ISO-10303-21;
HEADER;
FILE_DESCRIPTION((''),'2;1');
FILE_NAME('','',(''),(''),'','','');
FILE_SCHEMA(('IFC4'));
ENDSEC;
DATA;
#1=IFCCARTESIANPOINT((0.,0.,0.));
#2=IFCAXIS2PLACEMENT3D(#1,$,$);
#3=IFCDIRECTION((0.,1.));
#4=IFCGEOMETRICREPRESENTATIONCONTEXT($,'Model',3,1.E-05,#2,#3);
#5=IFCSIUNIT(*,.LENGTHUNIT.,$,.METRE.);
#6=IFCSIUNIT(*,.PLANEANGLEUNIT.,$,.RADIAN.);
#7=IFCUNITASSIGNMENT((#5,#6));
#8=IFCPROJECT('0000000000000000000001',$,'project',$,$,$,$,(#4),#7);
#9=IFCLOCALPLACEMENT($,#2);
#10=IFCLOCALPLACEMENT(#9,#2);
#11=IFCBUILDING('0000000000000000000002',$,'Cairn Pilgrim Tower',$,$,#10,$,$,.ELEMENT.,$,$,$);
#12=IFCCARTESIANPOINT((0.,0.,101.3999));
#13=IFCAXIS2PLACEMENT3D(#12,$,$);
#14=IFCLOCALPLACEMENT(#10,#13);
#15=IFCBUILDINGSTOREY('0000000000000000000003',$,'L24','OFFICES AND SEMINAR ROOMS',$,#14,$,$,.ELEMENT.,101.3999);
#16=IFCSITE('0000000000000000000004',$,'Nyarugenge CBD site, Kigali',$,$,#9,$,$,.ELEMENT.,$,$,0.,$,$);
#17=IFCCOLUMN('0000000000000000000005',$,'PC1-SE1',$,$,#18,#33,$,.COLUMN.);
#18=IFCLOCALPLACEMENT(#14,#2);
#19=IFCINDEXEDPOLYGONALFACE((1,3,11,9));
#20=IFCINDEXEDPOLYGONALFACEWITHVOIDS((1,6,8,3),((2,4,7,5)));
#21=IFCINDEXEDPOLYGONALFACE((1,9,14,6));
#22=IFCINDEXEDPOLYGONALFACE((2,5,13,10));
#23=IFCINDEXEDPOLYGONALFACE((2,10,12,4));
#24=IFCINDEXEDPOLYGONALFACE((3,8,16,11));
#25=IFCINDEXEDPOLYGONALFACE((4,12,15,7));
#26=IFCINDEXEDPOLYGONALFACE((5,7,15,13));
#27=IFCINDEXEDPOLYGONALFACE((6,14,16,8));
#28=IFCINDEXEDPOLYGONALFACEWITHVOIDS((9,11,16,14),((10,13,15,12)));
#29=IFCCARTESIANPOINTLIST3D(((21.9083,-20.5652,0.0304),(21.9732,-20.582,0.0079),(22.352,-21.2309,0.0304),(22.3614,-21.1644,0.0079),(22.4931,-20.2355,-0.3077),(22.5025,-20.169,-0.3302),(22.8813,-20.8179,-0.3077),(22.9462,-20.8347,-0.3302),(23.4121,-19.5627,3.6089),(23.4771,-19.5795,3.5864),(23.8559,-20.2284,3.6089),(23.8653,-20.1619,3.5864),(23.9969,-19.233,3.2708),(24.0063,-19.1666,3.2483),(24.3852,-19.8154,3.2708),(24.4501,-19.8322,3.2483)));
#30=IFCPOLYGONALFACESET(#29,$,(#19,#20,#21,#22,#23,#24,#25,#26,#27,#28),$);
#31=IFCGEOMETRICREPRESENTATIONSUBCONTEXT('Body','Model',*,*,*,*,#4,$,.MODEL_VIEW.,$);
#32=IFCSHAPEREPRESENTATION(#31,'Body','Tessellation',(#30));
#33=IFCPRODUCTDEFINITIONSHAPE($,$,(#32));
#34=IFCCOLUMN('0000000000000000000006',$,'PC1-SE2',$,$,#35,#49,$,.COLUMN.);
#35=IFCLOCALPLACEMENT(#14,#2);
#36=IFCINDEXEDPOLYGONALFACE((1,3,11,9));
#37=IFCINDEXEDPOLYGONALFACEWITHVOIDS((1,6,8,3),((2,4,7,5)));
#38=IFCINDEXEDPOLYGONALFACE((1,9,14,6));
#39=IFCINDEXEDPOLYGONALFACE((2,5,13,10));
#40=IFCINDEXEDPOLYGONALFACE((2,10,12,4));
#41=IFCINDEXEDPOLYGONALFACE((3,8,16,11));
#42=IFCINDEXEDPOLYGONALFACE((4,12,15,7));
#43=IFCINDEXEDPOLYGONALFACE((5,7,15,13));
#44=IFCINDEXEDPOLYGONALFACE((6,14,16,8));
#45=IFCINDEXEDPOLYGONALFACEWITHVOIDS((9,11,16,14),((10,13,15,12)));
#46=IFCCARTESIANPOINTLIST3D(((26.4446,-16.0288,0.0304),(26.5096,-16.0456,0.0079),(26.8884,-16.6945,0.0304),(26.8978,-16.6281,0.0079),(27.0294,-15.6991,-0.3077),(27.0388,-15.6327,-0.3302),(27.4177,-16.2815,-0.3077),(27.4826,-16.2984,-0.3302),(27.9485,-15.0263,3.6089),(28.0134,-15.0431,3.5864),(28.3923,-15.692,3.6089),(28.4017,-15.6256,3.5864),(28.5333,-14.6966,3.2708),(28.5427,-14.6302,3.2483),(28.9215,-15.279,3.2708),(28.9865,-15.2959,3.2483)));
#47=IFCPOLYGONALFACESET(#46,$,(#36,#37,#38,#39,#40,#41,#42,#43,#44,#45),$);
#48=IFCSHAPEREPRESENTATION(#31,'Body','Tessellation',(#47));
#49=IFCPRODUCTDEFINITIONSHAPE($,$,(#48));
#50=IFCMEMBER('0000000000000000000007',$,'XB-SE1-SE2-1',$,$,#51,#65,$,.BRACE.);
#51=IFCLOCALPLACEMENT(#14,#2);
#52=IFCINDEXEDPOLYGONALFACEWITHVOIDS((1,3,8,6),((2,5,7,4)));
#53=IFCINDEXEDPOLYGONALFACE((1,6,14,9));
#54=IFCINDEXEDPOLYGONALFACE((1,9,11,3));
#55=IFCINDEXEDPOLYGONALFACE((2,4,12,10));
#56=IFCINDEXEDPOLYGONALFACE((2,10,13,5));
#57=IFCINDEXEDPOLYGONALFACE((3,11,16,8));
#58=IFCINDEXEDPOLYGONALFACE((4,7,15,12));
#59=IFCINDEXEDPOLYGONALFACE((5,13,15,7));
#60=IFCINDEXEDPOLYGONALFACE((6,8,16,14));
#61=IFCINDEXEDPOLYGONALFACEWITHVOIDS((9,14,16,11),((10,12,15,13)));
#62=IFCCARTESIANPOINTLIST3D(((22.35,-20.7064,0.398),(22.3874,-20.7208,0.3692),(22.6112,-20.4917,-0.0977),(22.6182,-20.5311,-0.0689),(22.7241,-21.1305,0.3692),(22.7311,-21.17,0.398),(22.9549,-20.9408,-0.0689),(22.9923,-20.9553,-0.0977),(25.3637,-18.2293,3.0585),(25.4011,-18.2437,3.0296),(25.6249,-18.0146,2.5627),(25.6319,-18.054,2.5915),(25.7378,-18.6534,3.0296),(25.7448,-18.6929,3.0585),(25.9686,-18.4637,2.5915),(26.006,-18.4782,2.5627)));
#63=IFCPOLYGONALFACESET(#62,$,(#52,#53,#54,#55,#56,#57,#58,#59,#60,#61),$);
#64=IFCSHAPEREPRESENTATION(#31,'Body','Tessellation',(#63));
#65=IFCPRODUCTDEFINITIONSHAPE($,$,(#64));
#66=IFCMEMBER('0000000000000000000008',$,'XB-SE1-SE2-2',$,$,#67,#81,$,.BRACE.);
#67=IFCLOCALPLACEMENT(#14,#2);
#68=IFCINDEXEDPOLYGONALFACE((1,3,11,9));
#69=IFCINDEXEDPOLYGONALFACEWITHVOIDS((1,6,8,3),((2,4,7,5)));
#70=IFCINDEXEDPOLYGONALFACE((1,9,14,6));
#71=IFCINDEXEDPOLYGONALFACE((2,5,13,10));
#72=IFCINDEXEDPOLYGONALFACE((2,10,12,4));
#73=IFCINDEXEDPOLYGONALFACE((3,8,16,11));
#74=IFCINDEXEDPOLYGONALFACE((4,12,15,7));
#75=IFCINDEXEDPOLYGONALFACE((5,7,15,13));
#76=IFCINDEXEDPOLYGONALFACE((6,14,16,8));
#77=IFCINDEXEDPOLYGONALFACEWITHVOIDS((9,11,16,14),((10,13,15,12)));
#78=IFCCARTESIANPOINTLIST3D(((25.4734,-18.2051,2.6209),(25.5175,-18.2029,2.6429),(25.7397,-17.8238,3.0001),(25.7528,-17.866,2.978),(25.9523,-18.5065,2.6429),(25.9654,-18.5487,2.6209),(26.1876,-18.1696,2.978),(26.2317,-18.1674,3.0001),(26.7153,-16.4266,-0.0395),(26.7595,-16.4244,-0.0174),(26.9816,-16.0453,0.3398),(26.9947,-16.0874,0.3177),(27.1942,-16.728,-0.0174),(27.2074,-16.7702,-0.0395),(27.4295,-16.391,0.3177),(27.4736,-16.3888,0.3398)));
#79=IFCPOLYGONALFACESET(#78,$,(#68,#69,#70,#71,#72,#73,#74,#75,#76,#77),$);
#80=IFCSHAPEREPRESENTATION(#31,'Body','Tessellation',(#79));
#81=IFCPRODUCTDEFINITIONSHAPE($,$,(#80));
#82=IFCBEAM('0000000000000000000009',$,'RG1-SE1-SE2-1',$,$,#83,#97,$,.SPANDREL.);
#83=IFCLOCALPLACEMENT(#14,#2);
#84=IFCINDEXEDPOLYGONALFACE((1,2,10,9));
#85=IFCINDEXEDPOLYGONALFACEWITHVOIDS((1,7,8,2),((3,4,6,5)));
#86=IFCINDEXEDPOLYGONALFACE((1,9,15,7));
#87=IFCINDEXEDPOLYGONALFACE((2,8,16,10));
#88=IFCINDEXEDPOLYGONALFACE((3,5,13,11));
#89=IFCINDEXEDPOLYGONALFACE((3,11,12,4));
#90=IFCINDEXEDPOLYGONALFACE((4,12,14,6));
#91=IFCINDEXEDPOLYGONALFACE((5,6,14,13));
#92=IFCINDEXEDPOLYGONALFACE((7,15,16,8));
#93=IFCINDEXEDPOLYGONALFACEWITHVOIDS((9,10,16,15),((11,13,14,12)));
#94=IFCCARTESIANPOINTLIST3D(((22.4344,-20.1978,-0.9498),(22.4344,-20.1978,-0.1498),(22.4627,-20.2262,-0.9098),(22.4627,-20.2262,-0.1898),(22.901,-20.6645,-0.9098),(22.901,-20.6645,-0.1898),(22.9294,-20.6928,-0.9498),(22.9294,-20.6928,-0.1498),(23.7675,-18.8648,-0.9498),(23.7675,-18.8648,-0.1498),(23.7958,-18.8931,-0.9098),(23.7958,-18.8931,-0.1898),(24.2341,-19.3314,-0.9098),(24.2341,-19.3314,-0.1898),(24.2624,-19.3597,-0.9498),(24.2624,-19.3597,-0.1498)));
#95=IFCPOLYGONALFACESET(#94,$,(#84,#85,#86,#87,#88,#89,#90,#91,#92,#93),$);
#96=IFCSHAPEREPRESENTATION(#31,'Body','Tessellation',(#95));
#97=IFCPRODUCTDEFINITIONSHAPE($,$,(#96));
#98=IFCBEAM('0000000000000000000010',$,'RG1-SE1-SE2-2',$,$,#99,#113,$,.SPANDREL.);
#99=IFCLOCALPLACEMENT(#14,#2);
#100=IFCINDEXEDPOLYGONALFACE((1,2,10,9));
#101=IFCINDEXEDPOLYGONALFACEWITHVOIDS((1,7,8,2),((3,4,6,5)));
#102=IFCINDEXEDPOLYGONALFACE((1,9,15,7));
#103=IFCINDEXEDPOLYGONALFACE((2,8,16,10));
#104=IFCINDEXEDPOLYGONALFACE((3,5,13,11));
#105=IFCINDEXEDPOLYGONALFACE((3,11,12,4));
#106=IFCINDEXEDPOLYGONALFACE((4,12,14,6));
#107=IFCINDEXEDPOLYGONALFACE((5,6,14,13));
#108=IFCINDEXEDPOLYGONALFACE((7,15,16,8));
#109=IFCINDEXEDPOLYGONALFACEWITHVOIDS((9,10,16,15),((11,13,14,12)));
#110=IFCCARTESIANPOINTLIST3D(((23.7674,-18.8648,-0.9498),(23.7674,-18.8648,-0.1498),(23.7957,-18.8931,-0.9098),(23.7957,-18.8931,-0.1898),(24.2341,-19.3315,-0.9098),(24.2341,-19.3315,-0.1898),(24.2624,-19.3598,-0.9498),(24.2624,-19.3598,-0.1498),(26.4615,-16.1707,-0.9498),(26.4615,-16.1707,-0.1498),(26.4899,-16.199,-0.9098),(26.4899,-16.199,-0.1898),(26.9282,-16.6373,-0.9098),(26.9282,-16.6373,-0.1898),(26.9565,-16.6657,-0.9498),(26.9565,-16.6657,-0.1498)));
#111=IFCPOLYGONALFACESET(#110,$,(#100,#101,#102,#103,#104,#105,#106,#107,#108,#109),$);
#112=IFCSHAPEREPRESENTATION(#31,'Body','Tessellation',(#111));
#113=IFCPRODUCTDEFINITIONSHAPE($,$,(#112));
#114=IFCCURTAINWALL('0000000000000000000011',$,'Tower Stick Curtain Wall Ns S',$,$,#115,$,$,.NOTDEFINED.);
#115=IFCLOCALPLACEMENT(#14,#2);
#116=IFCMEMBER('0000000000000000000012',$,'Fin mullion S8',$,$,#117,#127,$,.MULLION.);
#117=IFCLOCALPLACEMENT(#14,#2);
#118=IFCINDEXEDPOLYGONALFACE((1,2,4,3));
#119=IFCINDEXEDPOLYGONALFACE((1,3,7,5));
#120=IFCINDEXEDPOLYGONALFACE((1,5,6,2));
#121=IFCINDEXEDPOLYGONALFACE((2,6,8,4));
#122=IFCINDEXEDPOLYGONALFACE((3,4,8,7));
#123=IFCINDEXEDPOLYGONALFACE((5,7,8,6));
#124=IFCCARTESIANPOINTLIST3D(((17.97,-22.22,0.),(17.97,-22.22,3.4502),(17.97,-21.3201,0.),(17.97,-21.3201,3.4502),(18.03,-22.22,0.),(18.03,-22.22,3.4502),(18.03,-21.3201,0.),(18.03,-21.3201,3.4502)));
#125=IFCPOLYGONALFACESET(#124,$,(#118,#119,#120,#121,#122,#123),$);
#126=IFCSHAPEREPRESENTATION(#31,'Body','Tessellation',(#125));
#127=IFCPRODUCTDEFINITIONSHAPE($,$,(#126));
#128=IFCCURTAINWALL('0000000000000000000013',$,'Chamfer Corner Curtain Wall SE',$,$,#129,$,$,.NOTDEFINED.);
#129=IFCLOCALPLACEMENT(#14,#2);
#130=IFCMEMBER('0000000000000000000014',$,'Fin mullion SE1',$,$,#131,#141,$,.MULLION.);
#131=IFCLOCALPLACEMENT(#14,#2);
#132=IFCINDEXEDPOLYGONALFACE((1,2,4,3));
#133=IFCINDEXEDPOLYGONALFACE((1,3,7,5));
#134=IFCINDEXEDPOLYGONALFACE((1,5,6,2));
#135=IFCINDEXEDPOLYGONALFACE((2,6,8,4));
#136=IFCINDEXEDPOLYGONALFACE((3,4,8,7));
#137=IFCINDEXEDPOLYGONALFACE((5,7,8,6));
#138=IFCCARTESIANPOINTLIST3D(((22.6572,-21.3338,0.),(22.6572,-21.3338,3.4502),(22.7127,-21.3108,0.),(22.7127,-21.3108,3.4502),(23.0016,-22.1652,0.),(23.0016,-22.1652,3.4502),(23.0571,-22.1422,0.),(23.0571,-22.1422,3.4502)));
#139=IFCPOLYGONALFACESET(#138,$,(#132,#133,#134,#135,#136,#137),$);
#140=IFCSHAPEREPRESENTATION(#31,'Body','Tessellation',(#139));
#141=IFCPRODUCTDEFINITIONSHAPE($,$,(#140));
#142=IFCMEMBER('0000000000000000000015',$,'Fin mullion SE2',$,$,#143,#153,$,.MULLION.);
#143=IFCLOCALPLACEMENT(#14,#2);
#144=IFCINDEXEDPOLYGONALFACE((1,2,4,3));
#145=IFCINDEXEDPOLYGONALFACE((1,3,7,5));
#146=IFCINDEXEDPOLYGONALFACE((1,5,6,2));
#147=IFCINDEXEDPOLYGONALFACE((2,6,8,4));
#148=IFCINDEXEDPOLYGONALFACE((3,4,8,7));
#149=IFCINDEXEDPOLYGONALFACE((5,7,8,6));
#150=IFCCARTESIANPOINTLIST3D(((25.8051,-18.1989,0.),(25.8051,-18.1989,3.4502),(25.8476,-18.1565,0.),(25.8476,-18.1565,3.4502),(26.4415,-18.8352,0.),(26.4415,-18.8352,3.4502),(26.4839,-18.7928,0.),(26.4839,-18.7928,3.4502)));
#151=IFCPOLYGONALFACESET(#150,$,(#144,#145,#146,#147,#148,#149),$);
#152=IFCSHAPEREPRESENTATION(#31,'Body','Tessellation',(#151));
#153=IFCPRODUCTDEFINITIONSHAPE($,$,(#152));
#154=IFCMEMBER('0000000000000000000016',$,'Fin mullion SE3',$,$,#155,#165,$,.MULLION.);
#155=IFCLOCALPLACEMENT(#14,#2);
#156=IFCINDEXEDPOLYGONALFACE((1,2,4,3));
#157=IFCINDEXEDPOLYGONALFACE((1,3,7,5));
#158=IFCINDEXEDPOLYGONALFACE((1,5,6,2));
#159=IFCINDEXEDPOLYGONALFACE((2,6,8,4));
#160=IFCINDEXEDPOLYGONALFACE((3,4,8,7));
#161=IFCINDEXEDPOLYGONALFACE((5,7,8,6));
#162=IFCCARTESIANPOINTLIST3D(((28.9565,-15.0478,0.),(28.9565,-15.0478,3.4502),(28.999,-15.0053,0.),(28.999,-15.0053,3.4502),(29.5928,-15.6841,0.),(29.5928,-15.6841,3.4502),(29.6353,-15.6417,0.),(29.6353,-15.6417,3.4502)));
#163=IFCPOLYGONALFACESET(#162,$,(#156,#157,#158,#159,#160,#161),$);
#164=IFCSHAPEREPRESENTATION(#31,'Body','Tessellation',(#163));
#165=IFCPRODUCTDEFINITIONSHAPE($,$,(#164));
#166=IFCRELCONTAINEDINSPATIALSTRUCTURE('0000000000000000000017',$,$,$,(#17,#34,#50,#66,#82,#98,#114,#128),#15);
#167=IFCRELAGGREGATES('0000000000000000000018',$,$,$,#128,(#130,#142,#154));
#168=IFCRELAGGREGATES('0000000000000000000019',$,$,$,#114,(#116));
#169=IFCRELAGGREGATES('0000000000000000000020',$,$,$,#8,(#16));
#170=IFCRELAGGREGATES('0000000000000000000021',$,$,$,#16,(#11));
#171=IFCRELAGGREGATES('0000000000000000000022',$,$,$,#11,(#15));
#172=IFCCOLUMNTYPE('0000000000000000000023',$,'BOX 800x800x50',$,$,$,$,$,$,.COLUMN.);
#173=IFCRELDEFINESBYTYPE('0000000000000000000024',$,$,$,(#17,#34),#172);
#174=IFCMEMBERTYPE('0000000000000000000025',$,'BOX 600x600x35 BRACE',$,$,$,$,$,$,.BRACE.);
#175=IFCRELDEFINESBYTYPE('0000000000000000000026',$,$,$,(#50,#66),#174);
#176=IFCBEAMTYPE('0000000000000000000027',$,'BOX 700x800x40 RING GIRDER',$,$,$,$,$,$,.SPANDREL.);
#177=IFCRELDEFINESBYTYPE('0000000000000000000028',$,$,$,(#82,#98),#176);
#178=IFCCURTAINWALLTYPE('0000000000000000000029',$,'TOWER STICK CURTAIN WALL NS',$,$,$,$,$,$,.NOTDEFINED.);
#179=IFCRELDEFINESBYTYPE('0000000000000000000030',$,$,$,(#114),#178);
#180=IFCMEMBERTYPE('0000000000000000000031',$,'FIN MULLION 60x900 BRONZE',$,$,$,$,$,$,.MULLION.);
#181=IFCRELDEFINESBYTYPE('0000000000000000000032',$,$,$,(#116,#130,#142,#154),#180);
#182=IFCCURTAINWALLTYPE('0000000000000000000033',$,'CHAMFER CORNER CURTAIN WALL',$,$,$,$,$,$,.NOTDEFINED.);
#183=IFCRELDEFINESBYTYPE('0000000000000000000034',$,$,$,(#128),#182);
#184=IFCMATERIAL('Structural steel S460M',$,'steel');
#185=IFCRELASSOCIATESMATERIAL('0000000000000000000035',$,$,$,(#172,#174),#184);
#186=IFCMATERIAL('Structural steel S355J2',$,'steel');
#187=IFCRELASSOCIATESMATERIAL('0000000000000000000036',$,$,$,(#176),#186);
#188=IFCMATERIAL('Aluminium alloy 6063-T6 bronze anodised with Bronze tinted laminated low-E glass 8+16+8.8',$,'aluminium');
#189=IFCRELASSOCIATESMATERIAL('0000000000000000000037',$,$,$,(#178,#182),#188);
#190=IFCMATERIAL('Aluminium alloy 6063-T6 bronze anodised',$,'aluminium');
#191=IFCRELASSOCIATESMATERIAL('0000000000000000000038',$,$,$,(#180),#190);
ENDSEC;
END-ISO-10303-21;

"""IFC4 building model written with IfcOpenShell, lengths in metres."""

from ifc_helpers import new_model, si_unit, direction, frame, origin, origin_2d, place, context, subcontext, project, spatial, rectangle, hollow_rectangle, extrude, clip, halfspace, material, material_profile, profile_set, type_object, element, aggregate, save


model = new_model("IFC4")

# Units and contexts
model_context = context("Model", 3, precision=1e-05, world=origin(), true_north=direction((0.0, 1.0)))
body_context = subcontext(model_context, "Body", "Model", "MODEL_VIEW")
ifc_project = project(units=[si_unit("LENGTHUNIT", "METRE"), si_unit("PLANEANGLEUNIT", "RADIAN")], contexts=[model_context])

# Site, building, storey
site_placement = place(None, origin())
site = spatial("IfcSite", under=ifc_project, at=site_placement, Name="Nyarugenge CBD site, Kigali", CompositionType="ELEMENT", RefElevation=0.0)
building_placement = place(site_placement, origin())
building = spatial("IfcBuilding", under=site, at=building_placement, Name="Cairn Pilgrim Tower", CompositionType="ELEMENT")
storey_placement = place(building_placement, frame((0.0, 0.0, 101.3999)))
storey = spatial("IfcBuildingStorey", under=building, at=storey_placement, Name="L24", Description="OFFICES AND SEMINAR ROOMS", CompositionType="ELEMENT", Elevation=101.3999)

# Columns
ifc_material_1 = material(Name="Structural steel S460M", Category="steel")
ifc_material_profile_1 = material_profile(ifc_material_1, hollow_rectangle(XDim=0.8, YDim=0.8, WallThickness=0.05, at=origin_2d()), Name="BOX 800x800x50")
ifc_profile_set_1 = profile_set([ifc_material_profile_1], Name="Structural steel S460M")
column_type = type_object("IfcColumnType", Name="BOX 800x800x50", PredefinedType="COLUMN", material=ifc_profile_set_1)
for number, where, z_axis, x_axis, name in (
    (1, (22.4272, -20.7, -0.1499), (0.37512, 0.25006, 0.892612), (-0.554669, 0.832071, 0.0), "PC1-SE1"),
    (2, (26.9636, -16.1636, -0.1499), (0.37512, 0.25006, 0.892612), (-0.554669, 0.832071, 0.0), "PC1-SE2"),
):
    element("IfcColumn", number, at=place(storey_placement, frame(where, z_axis=z_axis, x_axis=x_axis)), inside=storey, type_object=column_type, Name=name, PredefinedType="COLUMN", context=body_context, shape_type="Clipping", body=[
        clip(extrude(hollow_rectangle(XDim=0.8, YDim=0.8, WallThickness=0.05, at=origin_2d()), origin(), (0.0, 0.0, 1.0), 4.0332), halfspace(frame((0.0, 0.0, 4.009), z_axis=(0.0, 0.0, 1.0), x_axis=(1.0, 0.0, 0.0)), False)),
    ])

# Members
ifc_material_profile_2 = material_profile(ifc_material_1, hollow_rectangle(XDim=0.6001, YDim=0.6001, WallThickness=0.0349, at=origin_2d()), Name="BOX 600x600x35")
ifc_profile_set_2 = profile_set([ifc_material_profile_2], Name="Structural steel S460M")
member_type_1 = type_object("IfcMemberType", Name="BOX 600x600x35 BRACE", PredefinedType="BRACE", material=ifc_profile_set_2)
member_1_placement = place(storey_placement, frame((22.6711, -20.8308, 0.1501), z_axis=(0.638242, 0.524595, 0.563425), x_axis=(-0.634974, 0.772533, 0.0)))
element("IfcMember", 3, at=member_1_placement, inside=storey, type_object=member_type_1, Name="XB-SE1-SE2-1", PredefinedType="BRACE", context=body_context, shape_type="SweptSolid", body=[
    extrude(hollow_rectangle(XDim=0.6001, YDim=0.6001, WallThickness=0.0349, at=origin_2d()), origin(), (0.0, 0.0, 1.0), 4.7219),
])
member_2_placement = place(storey_placement, frame((27.0945, -16.4077, 0.1501), z_axis=(-0.361798, -0.518124, 0.775016), x_axis=(0.819892, -0.572518, 0.0)))
element("IfcMember", 4, at=member_2_placement, inside=storey, type_object=member_type_1, Name="XB-SE1-SE2-2", PredefinedType="BRACE", context=body_context, shape_type="SweptSolid", body=[
    extrude(hollow_rectangle(XDim=0.6001, YDim=0.6001, WallThickness=0.0349, at=origin_2d()), origin(), (0.0, 0.0, 1.0), 3.4326),
])

# Beams
ifc_material_2 = material(Name="Structural steel S355J2", Category="steel")
ifc_material_profile_3 = material_profile(ifc_material_2, hollow_rectangle(XDim=0.7, YDim=0.8, WallThickness=0.04, at=origin_2d()), Name="BOX 700x800x40")
ifc_profile_set_3 = profile_set([ifc_material_profile_3], Name="Structural steel S355J2")
beam_type_1 = type_object("IfcBeamType", Name="BOX 700x800x40 RING GIRDER", PredefinedType="SPANDREL", material=ifc_profile_set_3)
beam_1_placement = place(storey_placement, frame((22.6819, -20.4453, -0.5498), z_axis=(0.707107, 0.707107, 0.0), x_axis=(-0.707107, 0.707107, 0.0)))
element("IfcBeam", 5, at=beam_1_placement, inside=storey, type_object=beam_type_1, Name="RG1-SE1-SE2-1", PredefinedType="SPANDREL", context=body_context, shape_type="SweptSolid", body=[
    extrude(hollow_rectangle(XDim=0.7, YDim=0.8, WallThickness=0.04, at=origin_2d()), origin(), (0.0, 0.0, 1.0), 1.8853),
])
beam_2_placement = place(storey_placement, frame((24.0149, -19.1123, -0.5498), z_axis=(0.707107, 0.707107, 0.0), x_axis=(-0.707107, 0.707107, 0.0)))
element("IfcBeam", 6, at=beam_2_placement, inside=storey, type_object=beam_type_1, Name="RG1-SE1-SE2-2", PredefinedType="SPANDREL", context=body_context, shape_type="SweptSolid", body=[
    extrude(hollow_rectangle(XDim=0.7, YDim=0.8, WallThickness=0.04, at=origin_2d()), origin(), (0.0, 0.0, 1.0), 3.8101),
])

# Curtain wall, member
ifc_material_3 = material(Name="Aluminium alloy 6063-T6 bronze anodised with Bronze tinted laminated low-E glass 8+16+8.8", Category="aluminium")
curtain_wall_type_1 = type_object("IfcCurtainWallType", Name="TOWER STICK CURTAIN WALL NS", PredefinedType="NOTDEFINED", material=ifc_material_3)
curtain_wall_1_placement = place(storey_placement, origin())
curtain_wall_1 = element("IfcCurtainWall", 7, at=curtain_wall_1_placement, inside=storey, type_object=curtain_wall_type_1, Name="Tower Stick Curtain Wall Ns S", PredefinedType="NOTDEFINED")
ifc_material_4 = material(Name="Aluminium alloy 6063-T6 bronze anodised", Category="aluminium")
ifc_material_profile_4 = material_profile(ifc_material_4, rectangle(XDim=0.8999, YDim=0.0601, at=origin_2d()), Name="FIN MULLION 60x900 BRONZE")
ifc_profile_set_4 = profile_set([ifc_material_profile_4], Name="Aluminium alloy 6063-T6 bronze anodised")
member_type_2 = type_object("IfcMemberType", Name="FIN MULLION 60x900 BRONZE", PredefinedType="MULLION", material=ifc_profile_set_4)
member_3_placement = place(storey_placement, frame((18.0, -21.77, 0.0), z_axis=(0.0, 0.0, 1.0), x_axis=(0.0, -1.0, 0.0)))
member_3 = element("IfcMember", 8, at=member_3_placement, type_object=member_type_2, Name="Fin mullion S8", PredefinedType="MULLION", context=body_context, shape_type="SweptSolid", body=[
    extrude(rectangle(XDim=0.8999, YDim=0.0601, at=origin_2d()), origin(), (0.0, 0.0, 1.0), 3.4502),
])

# Curtain wall, members
curtain_wall_type_2 = type_object("IfcCurtainWallType", Name="CHAMFER CORNER CURTAIN WALL", PredefinedType="NOTDEFINED", material=ifc_material_3)
curtain_wall_2_placement = place(storey_placement, origin())
curtain_wall_2 = element("IfcCurtainWall", 9, at=curtain_wall_2_placement, inside=storey, type_object=curtain_wall_type_2, Name="Chamfer Corner Curtain Wall SE", PredefinedType="NOTDEFINED")
member_4_placement = place(storey_placement, frame((22.8572, -21.738, 0.0), z_axis=(0.0, 0.0, 1.0), x_axis=(0.382683, -0.92388, 0.0)))
member_4 = element("IfcMember", 10, at=member_4_placement, type_object=member_type_2, Name="Fin mullion SE1", PredefinedType="MULLION", context=body_context, shape_type="SweptSolid", body=[
    extrude(rectangle(XDim=0.8999, YDim=0.0601, at=origin_2d()), origin(), (0.0, 0.0, 1.0), 3.4502),
])
member_5_placement = place(storey_placement, frame((26.1445, -18.4958, 0.0), z_axis=(0.0, 0.0, 1.0), x_axis=(0.707107, -0.707107, 0.0)))
member_5 = element("IfcMember", 11, at=member_5_placement, type_object=member_type_2, Name="Fin mullion SE2", PredefinedType="MULLION", context=body_context, shape_type="SweptSolid", body=[
    extrude(rectangle(XDim=0.8999, YDim=0.0601, at=origin_2d()), origin(), (0.0, 0.0, 1.0), 3.4502),
])
member_6_placement = place(storey_placement, frame((29.2959, -15.3447, 0.0), z_axis=(0.0, 0.0, 1.0), x_axis=(0.707107, -0.707107, 0.0)))
member_6 = element("IfcMember", 12, at=member_6_placement, type_object=member_type_2, Name="Fin mullion SE3", PredefinedType="MULLION", context=body_context, shape_type="SweptSolid", body=[
    extrude(rectangle(XDim=0.8999, YDim=0.0601, at=origin_2d()), origin(), (0.0, 0.0, 1.0), 3.4502),
])

aggregate(curtain_wall_2, [member_4, member_5, member_6])
aggregate(curtain_wall_1, [member_3])

save(model, "model.ifc")
